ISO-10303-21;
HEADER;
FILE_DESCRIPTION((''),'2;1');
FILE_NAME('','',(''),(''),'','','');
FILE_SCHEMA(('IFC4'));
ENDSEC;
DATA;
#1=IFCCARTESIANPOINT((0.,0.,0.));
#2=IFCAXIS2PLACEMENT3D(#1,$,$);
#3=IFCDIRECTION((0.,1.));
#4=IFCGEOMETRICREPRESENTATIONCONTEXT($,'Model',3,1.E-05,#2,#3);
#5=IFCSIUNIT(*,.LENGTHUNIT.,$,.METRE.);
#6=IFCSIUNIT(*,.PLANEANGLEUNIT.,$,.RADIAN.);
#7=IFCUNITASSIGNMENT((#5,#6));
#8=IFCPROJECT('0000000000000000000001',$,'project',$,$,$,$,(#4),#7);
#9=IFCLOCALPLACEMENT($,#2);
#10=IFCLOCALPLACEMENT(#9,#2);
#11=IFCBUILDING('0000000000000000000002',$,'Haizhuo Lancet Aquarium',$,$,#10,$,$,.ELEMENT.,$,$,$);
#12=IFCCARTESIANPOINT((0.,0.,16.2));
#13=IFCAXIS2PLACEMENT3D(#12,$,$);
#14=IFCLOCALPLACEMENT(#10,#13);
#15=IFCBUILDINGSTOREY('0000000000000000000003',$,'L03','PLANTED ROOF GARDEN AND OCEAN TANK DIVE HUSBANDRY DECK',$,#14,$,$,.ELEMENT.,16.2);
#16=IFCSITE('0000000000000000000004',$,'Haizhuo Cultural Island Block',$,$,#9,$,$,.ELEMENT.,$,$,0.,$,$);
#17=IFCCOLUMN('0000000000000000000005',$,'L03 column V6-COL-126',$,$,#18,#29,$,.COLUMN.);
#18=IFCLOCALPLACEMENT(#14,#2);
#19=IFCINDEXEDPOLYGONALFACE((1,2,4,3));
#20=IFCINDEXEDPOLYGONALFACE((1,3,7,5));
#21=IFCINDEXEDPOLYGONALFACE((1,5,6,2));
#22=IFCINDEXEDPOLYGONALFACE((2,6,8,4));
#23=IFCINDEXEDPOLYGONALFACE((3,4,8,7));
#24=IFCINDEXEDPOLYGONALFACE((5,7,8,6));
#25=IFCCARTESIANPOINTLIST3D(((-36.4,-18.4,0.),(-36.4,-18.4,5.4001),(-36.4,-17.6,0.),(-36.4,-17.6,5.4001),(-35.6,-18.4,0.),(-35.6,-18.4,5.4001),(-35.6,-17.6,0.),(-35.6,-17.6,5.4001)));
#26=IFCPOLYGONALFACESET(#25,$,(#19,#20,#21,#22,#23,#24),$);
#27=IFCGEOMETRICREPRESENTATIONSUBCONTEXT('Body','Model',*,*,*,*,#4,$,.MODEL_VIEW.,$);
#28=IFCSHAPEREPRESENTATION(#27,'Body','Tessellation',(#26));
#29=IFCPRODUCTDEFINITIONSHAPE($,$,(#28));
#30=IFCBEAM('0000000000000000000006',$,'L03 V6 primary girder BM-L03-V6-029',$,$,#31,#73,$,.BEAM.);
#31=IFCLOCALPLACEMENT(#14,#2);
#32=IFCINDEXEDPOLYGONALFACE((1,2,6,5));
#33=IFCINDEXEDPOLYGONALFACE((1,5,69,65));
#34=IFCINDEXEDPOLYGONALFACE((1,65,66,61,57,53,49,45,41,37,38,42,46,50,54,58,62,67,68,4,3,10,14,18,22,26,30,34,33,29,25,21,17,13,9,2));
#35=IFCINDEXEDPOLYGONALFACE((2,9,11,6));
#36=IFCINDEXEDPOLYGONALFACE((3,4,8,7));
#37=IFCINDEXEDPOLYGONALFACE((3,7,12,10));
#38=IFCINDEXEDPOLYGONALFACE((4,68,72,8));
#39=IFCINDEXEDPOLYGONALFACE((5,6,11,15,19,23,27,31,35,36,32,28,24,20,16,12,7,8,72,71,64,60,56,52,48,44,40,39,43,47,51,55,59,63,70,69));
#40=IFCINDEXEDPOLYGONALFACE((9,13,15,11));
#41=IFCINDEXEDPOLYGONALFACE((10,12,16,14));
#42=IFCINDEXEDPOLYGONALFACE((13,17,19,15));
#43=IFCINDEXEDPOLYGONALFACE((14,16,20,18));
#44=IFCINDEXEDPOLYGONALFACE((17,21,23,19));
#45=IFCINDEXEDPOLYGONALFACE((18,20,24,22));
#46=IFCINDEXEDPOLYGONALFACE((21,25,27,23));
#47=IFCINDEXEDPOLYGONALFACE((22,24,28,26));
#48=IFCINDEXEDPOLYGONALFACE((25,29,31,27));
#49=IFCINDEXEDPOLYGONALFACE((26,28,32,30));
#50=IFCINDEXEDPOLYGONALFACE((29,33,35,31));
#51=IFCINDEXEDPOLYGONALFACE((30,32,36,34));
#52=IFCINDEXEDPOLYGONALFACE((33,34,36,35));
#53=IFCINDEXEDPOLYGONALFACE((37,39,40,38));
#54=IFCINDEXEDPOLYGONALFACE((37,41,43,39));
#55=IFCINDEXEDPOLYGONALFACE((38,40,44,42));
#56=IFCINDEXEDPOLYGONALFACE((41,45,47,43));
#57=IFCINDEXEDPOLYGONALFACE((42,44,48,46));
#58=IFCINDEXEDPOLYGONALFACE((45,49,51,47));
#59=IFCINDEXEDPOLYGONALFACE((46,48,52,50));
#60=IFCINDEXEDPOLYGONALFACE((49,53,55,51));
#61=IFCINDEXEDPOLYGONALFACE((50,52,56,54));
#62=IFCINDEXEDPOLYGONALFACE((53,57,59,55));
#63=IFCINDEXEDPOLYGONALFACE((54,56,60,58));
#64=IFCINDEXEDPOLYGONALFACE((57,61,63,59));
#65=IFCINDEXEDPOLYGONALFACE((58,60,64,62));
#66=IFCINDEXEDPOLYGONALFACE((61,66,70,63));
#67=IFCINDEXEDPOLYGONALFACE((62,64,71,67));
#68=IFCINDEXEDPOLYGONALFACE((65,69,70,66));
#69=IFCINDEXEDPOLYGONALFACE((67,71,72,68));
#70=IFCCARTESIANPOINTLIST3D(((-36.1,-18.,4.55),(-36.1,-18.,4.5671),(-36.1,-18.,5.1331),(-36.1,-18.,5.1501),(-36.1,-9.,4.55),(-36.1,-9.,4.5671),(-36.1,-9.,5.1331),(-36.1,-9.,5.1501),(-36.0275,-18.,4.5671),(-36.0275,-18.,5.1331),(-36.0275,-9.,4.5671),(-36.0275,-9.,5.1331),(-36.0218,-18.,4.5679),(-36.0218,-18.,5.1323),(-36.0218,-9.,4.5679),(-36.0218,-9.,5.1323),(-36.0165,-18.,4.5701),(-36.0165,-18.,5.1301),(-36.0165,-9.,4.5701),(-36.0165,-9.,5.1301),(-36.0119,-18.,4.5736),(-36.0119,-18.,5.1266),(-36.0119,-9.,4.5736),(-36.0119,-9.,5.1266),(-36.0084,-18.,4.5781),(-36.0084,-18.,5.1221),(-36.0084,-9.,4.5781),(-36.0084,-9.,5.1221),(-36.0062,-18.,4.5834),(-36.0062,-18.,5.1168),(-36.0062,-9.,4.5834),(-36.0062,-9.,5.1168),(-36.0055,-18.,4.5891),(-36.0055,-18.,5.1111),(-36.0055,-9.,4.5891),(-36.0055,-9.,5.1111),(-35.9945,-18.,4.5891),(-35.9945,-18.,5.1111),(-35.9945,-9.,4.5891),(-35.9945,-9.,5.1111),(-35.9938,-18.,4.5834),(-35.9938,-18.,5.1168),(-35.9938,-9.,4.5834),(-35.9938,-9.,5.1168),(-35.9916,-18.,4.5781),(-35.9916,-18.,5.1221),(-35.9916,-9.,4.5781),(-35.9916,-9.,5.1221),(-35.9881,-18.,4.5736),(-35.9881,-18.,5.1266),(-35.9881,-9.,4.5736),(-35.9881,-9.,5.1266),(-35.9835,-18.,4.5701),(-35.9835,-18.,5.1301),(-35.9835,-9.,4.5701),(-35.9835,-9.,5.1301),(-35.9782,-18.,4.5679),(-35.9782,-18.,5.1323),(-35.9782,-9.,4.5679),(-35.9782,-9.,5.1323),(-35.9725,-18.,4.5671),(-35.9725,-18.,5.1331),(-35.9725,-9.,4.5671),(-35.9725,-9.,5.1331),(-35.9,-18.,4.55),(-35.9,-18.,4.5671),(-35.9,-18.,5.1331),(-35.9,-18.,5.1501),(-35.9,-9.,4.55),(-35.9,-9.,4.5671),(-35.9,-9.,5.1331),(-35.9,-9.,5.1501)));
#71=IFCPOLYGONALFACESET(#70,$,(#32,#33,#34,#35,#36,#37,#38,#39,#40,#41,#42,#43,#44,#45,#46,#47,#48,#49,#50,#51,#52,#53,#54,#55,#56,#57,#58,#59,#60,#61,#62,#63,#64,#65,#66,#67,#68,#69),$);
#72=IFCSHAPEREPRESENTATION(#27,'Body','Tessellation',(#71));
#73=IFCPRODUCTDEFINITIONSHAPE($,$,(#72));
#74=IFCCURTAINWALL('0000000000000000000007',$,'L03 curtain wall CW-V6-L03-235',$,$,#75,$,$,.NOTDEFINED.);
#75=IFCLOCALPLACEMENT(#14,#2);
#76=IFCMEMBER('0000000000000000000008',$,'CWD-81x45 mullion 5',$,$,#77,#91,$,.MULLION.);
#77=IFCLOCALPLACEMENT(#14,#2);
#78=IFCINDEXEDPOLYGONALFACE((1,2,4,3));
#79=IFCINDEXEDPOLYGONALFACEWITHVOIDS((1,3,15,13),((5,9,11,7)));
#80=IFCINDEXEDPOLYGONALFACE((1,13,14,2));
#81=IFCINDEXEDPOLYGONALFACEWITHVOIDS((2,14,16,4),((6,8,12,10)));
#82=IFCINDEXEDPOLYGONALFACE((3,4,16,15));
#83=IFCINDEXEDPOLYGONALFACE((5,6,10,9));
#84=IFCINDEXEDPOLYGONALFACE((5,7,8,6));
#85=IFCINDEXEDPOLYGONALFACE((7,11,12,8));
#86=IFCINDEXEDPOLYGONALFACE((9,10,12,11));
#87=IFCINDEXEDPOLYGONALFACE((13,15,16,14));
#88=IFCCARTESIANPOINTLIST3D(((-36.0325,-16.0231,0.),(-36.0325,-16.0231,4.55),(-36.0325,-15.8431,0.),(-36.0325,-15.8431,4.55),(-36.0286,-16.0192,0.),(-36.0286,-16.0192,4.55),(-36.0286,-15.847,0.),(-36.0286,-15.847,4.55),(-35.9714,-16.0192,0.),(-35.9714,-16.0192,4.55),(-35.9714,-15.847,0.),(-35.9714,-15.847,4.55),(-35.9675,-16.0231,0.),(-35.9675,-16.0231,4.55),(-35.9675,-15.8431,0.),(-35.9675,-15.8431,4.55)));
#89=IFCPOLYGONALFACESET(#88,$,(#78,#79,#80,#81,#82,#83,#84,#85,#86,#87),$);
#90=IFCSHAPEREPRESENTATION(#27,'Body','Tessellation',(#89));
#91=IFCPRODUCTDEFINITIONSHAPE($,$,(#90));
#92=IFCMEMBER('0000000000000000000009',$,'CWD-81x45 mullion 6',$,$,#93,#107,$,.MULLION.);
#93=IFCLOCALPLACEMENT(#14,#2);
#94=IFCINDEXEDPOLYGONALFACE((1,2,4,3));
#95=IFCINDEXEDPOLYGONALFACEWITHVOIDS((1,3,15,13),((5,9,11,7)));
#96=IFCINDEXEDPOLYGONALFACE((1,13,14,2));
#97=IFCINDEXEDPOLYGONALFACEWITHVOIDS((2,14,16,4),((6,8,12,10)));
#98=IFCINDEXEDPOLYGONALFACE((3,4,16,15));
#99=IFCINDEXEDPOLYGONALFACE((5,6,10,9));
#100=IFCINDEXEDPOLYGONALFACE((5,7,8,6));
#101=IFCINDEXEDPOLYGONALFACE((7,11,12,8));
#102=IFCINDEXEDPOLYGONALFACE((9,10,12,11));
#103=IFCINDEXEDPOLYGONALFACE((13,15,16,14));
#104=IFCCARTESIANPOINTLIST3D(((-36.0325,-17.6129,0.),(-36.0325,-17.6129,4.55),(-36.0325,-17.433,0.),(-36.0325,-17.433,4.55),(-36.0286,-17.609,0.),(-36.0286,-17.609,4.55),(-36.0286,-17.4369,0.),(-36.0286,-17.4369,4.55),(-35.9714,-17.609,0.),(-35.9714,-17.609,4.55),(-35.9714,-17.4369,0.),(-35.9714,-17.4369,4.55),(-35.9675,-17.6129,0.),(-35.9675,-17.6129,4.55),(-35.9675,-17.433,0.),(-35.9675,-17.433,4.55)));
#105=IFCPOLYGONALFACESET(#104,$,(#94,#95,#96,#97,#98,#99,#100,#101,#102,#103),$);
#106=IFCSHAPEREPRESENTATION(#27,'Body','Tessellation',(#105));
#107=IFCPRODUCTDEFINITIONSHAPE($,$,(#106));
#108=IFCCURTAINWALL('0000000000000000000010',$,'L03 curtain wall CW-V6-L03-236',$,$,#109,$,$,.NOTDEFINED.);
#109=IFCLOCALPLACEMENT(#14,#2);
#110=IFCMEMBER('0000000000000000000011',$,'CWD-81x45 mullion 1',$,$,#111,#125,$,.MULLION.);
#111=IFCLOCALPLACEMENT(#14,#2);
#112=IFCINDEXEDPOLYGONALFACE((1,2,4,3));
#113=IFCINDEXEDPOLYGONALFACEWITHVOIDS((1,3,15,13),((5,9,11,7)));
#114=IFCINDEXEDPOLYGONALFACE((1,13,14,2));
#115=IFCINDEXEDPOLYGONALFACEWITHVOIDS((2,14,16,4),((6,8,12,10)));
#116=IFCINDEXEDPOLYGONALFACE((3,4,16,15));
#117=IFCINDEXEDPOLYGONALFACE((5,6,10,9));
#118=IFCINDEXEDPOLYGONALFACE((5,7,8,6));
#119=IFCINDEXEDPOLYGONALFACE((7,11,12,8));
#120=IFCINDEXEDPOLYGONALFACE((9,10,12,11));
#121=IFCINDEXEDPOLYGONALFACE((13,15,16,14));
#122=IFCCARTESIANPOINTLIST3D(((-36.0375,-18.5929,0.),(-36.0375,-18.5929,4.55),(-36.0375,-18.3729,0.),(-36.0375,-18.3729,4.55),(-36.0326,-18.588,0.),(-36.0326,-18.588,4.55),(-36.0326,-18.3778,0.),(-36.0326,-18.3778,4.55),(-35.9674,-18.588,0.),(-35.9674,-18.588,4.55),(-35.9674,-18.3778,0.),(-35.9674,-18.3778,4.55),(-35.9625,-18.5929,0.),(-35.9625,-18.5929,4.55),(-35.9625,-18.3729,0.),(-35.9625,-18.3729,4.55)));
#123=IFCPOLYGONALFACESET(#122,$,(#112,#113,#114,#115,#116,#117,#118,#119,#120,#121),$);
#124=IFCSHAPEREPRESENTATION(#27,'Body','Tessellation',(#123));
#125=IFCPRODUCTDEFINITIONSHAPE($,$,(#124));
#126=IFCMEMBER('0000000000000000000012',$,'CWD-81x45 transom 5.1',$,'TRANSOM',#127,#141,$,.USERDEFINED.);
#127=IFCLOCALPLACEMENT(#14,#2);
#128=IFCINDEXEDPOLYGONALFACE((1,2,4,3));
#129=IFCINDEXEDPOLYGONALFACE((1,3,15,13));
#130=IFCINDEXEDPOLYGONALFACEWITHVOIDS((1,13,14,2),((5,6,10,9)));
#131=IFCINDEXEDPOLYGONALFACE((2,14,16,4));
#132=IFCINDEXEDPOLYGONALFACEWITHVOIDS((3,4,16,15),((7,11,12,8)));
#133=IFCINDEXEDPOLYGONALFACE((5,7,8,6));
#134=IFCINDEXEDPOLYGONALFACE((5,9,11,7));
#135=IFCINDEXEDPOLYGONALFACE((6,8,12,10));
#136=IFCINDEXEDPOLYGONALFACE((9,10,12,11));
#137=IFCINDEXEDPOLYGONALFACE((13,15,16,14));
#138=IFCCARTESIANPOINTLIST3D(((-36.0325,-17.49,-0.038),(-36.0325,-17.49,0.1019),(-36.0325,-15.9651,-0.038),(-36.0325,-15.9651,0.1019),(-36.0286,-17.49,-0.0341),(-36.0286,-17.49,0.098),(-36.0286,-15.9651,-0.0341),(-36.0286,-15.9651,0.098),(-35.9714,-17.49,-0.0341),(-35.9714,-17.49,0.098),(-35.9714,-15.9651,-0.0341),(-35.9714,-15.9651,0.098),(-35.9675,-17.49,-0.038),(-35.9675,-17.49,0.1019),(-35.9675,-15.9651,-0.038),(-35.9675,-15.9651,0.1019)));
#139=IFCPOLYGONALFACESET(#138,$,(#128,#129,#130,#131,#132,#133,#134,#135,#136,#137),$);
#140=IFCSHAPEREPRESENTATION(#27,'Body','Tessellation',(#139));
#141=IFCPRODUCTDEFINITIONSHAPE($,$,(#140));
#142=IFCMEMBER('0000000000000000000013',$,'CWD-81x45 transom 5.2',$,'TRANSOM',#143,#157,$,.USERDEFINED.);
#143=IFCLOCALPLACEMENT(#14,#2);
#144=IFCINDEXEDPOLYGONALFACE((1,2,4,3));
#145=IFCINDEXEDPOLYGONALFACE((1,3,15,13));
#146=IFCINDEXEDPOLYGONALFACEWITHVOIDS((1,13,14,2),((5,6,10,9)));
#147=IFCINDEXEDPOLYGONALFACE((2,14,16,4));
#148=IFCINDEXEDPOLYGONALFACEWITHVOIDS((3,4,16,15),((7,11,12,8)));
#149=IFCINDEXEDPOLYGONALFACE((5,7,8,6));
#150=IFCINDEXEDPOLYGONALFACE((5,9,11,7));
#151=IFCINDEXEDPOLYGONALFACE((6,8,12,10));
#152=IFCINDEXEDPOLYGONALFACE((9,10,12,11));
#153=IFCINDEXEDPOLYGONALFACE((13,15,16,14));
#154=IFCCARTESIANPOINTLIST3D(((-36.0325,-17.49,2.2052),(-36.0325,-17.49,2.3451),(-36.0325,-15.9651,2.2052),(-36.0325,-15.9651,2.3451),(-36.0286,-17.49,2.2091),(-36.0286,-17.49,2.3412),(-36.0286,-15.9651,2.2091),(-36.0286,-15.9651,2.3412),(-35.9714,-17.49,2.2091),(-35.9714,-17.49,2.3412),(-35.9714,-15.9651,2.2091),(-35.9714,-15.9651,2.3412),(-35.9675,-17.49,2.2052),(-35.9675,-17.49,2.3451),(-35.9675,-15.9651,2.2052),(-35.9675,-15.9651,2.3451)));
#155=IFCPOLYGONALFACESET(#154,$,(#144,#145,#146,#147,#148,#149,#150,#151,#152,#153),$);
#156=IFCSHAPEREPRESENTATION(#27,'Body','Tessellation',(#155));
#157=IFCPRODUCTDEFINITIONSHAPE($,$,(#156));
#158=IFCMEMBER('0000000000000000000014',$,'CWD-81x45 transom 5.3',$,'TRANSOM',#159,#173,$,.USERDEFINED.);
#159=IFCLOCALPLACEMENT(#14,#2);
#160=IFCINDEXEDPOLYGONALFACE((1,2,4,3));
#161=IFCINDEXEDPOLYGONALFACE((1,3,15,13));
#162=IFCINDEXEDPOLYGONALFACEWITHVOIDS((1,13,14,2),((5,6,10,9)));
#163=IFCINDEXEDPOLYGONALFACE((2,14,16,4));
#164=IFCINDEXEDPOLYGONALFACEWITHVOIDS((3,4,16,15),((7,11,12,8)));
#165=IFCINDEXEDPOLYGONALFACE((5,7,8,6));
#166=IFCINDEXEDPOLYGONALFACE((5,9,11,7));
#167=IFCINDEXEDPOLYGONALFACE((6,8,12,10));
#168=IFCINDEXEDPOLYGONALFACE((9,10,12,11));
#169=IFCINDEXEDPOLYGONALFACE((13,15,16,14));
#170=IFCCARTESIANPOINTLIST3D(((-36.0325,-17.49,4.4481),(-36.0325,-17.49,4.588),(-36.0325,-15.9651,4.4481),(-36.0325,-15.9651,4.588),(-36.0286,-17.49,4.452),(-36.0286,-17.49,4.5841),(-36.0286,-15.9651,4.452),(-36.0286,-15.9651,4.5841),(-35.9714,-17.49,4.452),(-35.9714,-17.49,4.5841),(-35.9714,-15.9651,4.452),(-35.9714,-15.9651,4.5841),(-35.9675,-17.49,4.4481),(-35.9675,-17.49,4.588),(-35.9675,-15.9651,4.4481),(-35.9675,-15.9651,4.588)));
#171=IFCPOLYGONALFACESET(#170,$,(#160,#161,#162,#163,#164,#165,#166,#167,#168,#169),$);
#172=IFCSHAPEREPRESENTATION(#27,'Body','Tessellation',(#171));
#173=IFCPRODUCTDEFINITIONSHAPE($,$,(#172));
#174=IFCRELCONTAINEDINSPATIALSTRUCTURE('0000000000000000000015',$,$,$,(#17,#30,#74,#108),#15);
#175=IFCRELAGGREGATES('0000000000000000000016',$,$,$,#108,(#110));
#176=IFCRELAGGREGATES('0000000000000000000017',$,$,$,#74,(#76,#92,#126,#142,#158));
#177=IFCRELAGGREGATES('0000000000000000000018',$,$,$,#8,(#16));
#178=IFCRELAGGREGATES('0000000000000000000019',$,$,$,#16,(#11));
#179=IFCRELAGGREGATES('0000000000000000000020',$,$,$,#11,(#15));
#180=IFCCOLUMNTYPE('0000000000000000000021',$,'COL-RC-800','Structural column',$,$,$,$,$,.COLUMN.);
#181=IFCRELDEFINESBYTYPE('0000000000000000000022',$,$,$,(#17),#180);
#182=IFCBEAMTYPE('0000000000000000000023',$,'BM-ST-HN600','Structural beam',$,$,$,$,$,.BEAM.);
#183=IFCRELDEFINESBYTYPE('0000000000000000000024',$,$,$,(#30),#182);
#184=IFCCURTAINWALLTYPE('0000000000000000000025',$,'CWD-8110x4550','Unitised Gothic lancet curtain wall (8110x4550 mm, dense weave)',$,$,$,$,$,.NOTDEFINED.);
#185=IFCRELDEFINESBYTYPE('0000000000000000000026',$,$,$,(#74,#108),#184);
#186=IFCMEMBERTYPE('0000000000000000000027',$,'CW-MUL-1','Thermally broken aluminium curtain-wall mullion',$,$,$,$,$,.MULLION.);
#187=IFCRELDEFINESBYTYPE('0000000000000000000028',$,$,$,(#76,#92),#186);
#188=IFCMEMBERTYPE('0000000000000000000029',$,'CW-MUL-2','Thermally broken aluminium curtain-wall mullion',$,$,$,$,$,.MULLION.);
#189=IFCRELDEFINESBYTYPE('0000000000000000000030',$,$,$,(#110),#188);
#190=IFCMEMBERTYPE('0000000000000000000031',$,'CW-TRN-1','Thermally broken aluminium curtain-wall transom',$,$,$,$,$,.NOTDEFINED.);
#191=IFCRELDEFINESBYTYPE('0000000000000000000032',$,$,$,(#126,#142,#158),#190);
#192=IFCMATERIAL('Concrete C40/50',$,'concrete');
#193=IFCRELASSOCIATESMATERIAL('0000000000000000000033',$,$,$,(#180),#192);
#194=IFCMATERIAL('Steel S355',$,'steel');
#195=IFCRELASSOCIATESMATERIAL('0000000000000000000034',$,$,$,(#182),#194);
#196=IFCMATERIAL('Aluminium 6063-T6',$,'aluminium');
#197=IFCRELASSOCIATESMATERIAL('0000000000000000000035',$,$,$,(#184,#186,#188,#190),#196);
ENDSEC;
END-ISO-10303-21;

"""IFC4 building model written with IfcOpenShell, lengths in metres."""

from ifc_helpers import new_model, si_unit, direction, frame, origin, origin_2d, place, context, subcontext, project, spatial, rectangle, hollow_rectangle, i_section, extrude, material, material_profile, profile_set, type_object, element, aggregate, save


model = new_model("IFC4")

# Units and contexts
model_context = context("Model", 3, precision=1e-05, world=origin(), true_north=direction((0.0, 1.0)))
body_context = subcontext(model_context, "Body", "Model", "MODEL_VIEW")
ifc_project = project(units=[si_unit("LENGTHUNIT", "METRE"), si_unit("PLANEANGLEUNIT", "RADIAN")], contexts=[model_context])

# Site, building, storey
site_placement = place(None, origin())
site = spatial("IfcSite", under=ifc_project, at=site_placement, Name="Haizhuo Cultural Island Block", CompositionType="ELEMENT", RefElevation=0.0)
building_placement = place(site_placement, origin())
building = spatial("IfcBuilding", under=site, at=building_placement, Name="Haizhuo Lancet Aquarium", CompositionType="ELEMENT")
storey_placement = place(building_placement, frame((0.0, 0.0, 16.2)))
storey = spatial("IfcBuildingStorey", under=building, at=storey_placement, Name="L03", Description="PLANTED ROOF GARDEN AND OCEAN TANK DIVE HUSBANDRY DECK", CompositionType="ELEMENT", Elevation=16.2)

# Column
ifc_material_1 = material(Name="Concrete C40/50", Category="concrete")
ifc_material_profile_1 = material_profile(ifc_material_1, rectangle(XDim=0.8, YDim=0.8, at=origin_2d()), Name="RC-COL 800x800")
ifc_profile_set_1 = profile_set([ifc_material_profile_1], Name="Concrete C40/50")
column_type = type_object("IfcColumnType", Name="COL-RC-800", Description="Structural column", PredefinedType="COLUMN", material=ifc_profile_set_1)
column_placement = place(storey_placement, frame((-36.0, -18.0, 0.0), z_axis=(0.0, 0.0, 1.0), x_axis=(1.0, 0.0, 0.0)))
element("IfcColumn", 1, at=column_placement, inside=storey, type_object=column_type, Name="L03 column V6-COL-126", PredefinedType="COLUMN", context=body_context, shape_type="SweptSolid", body=[
    extrude(rectangle(XDim=0.8, YDim=0.8, at=origin_2d()), origin(), (0.0, 0.0, 1.0), 5.4001),
])

# Beam
ifc_material_2 = material(Name="Steel S355", Category="steel")
ifc_material_profile_2 = material_profile(ifc_material_2, i_section(OverallWidth=0.2, OverallDepth=0.6001, WebThickness=0.011, FlangeThickness=0.0171, FilletRadius=0.022, at=origin_2d()), Name="HN 600x200x11x17")
ifc_profile_set_2 = profile_set([ifc_material_profile_2], Name="Steel S355")
beam_type = type_object("IfcBeamType", Name="BM-ST-HN600", Description="Structural beam", PredefinedType="BEAM", material=ifc_profile_set_2)
beam_placement = place(storey_placement, frame((-36.0, -18.0, 4.8501), z_axis=(0.0, 1.0, 0.0), x_axis=(-1.0, 0.0, 0.0)))
element("IfcBeam", 2, at=beam_placement, inside=storey, type_object=beam_type, Name="L03 V6 primary girder BM-L03-V6-029", PredefinedType="BEAM", context=body_context, shape_type="SweptSolid", body=[
    extrude(i_section(OverallWidth=0.2, OverallDepth=0.6001, WebThickness=0.011, FlangeThickness=0.0171, FilletRadius=0.022, at=origin_2d()), origin(), (0.0, 0.0, 1.0), 9.0),
])

# Curtain wall, members
ifc_material_3 = material(Name="Aluminium 6063-T6", Category="aluminium")
curtain_wall_type = type_object("IfcCurtainWallType", Name="CWD-8110x4550", Description="Unitised Gothic lancet curtain wall (8110x4550 mm, dense weave)", PredefinedType="NOTDEFINED", material=ifc_material_3)
curtain_wall_1_placement = place(storey_placement, origin())
curtain_wall_1 = element("IfcCurtainWall", 3, at=curtain_wall_1_placement, inside=storey, type_object=curtain_wall_type, Name="L03 curtain wall CW-V6-L03-235", PredefinedType="NOTDEFINED")
ifc_material_profile_3 = material_profile(ifc_material_3, hollow_rectangle(XDim=0.0649, YDim=0.1799, WallThickness=0.0039, at=origin_2d()), Name="ALU-M 65x180x4")
ifc_profile_set_3 = profile_set([ifc_material_profile_3], Name="Aluminium 6063-T6")
member_type_1 = type_object("IfcMemberType", Name="CW-MUL-1", Description="Thermally broken aluminium curtain-wall mullion", PredefinedType="MULLION", material=ifc_profile_set_3)
member_1_placement = place(storey_placement, frame((-36.0, -15.9331, 0.0), z_axis=(0.0, 0.0, 1.0), x_axis=(1.0, 0.0, 0.0)))
member_1 = element("IfcMember", 4, at=member_1_placement, type_object=member_type_1, Name="CWD-81x45 mullion 5", PredefinedType="MULLION", context=body_context, shape_type="SweptSolid", body=[
    extrude(hollow_rectangle(XDim=0.0649, YDim=0.1799, WallThickness=0.0039, at=origin_2d()), origin(), (0.0, 0.0, 1.0), 4.55),
])
member_2_placement = place(storey_placement, frame((-36.0, -17.5229, 0.0), z_axis=(0.0, 0.0, 1.0), x_axis=(1.0, 0.0, 0.0)))
member_2 = element("IfcMember", 5, at=member_2_placement, type_object=member_type_1, Name="CWD-81x45 mullion 6", PredefinedType="MULLION", context=body_context, shape_type="SweptSolid", body=[
    extrude(hollow_rectangle(XDim=0.0649, YDim=0.1799, WallThickness=0.0039, at=origin_2d()), origin(), (0.0, 0.0, 1.0), 4.55),
])

# Curtain wall, member
curtain_wall_2_placement = place(storey_placement, origin())
curtain_wall_2 = element("IfcCurtainWall", 6, at=curtain_wall_2_placement, inside=storey, type_object=curtain_wall_type, Name="L03 curtain wall CW-V6-L03-236", PredefinedType="NOTDEFINED")
ifc_material_profile_4 = material_profile(ifc_material_3, hollow_rectangle(XDim=0.075, YDim=0.22, WallThickness=0.0049, at=origin_2d()), Name="ALU-M 75x220x5")
ifc_profile_set_4 = profile_set([ifc_material_profile_4], Name="Aluminium 6063-T6")
member_type_2 = type_object("IfcMemberType", Name="CW-MUL-2", Description="Thermally broken aluminium curtain-wall mullion", PredefinedType="MULLION", material=ifc_profile_set_4)
member_3_placement = place(storey_placement, frame((-36.0, -18.4829, 0.0), z_axis=(0.0, 0.0, 1.0), x_axis=(1.0, 0.0, 0.0)))
member_3 = element("IfcMember", 7, at=member_3_placement, type_object=member_type_2, Name="CWD-81x45 mullion 1", PredefinedType="MULLION", context=body_context, shape_type="SweptSolid", body=[
    extrude(hollow_rectangle(XDim=0.075, YDim=0.22, WallThickness=0.0049, at=origin_2d()), origin(), (0.0, 0.0, 1.0), 4.55),
])

# Members
ifc_material_profile_5 = material_profile(ifc_material_3, hollow_rectangle(XDim=0.0649, YDim=0.1399, WallThickness=0.0039, at=origin_2d()), Name="ALU-T 65x140x4")
ifc_profile_set_5 = profile_set([ifc_material_profile_5], Name="Aluminium 6063-T6")
member_type_3 = type_object("IfcMemberType", Name="CW-TRN-1", Description="Thermally broken aluminium curtain-wall transom", PredefinedType="NOTDEFINED", material=ifc_profile_set_5)
member_4_placement = place(storey_placement, frame((-36.0, -15.9651, 0.032), z_axis=(0.0, -1.0, 0.0), x_axis=(1.0, 0.0, 0.0)))
member_4 = element("IfcMember", 8, at=member_4_placement, type_object=member_type_3, Name="CWD-81x45 transom 5.1", ObjectType="TRANSOM", PredefinedType="USERDEFINED", context=body_context, shape_type="SweptSolid", body=[
    extrude(hollow_rectangle(XDim=0.0649, YDim=0.1399, WallThickness=0.0039, at=origin_2d()), origin(), (0.0, 0.0, 1.0), 1.5249),
])
member_5_placement = place(storey_placement, frame((-36.0, -15.9651, 2.2751), z_axis=(0.0, -1.0, 0.0), x_axis=(1.0, 0.0, 0.0)))
member_5 = element("IfcMember", 9, at=member_5_placement, type_object=member_type_3, Name="CWD-81x45 transom 5.2", ObjectType="TRANSOM", PredefinedType="USERDEFINED", context=body_context, shape_type="SweptSolid", body=[
    extrude(hollow_rectangle(XDim=0.0649, YDim=0.1399, WallThickness=0.0039, at=origin_2d()), origin(), (0.0, 0.0, 1.0), 1.5249),
])
member_6_placement = place(storey_placement, frame((-36.0, -15.9651, 4.5181), z_axis=(0.0, -1.0, 0.0), x_axis=(1.0, 0.0, 0.0)))
member_6 = element("IfcMember", 10, at=member_6_placement, type_object=member_type_3, Name="CWD-81x45 transom 5.3", ObjectType="TRANSOM", PredefinedType="USERDEFINED", context=body_context, shape_type="SweptSolid", body=[
    extrude(hollow_rectangle(XDim=0.0649, YDim=0.1399, WallThickness=0.0039, at=origin_2d()), origin(), (0.0, 0.0, 1.0), 1.5249),
])
aggregate(curtain_wall_2, [member_3])

aggregate(curtain_wall_1, [member_1, member_2, member_4, member_5, member_6])

save(model, "model.ifc")
